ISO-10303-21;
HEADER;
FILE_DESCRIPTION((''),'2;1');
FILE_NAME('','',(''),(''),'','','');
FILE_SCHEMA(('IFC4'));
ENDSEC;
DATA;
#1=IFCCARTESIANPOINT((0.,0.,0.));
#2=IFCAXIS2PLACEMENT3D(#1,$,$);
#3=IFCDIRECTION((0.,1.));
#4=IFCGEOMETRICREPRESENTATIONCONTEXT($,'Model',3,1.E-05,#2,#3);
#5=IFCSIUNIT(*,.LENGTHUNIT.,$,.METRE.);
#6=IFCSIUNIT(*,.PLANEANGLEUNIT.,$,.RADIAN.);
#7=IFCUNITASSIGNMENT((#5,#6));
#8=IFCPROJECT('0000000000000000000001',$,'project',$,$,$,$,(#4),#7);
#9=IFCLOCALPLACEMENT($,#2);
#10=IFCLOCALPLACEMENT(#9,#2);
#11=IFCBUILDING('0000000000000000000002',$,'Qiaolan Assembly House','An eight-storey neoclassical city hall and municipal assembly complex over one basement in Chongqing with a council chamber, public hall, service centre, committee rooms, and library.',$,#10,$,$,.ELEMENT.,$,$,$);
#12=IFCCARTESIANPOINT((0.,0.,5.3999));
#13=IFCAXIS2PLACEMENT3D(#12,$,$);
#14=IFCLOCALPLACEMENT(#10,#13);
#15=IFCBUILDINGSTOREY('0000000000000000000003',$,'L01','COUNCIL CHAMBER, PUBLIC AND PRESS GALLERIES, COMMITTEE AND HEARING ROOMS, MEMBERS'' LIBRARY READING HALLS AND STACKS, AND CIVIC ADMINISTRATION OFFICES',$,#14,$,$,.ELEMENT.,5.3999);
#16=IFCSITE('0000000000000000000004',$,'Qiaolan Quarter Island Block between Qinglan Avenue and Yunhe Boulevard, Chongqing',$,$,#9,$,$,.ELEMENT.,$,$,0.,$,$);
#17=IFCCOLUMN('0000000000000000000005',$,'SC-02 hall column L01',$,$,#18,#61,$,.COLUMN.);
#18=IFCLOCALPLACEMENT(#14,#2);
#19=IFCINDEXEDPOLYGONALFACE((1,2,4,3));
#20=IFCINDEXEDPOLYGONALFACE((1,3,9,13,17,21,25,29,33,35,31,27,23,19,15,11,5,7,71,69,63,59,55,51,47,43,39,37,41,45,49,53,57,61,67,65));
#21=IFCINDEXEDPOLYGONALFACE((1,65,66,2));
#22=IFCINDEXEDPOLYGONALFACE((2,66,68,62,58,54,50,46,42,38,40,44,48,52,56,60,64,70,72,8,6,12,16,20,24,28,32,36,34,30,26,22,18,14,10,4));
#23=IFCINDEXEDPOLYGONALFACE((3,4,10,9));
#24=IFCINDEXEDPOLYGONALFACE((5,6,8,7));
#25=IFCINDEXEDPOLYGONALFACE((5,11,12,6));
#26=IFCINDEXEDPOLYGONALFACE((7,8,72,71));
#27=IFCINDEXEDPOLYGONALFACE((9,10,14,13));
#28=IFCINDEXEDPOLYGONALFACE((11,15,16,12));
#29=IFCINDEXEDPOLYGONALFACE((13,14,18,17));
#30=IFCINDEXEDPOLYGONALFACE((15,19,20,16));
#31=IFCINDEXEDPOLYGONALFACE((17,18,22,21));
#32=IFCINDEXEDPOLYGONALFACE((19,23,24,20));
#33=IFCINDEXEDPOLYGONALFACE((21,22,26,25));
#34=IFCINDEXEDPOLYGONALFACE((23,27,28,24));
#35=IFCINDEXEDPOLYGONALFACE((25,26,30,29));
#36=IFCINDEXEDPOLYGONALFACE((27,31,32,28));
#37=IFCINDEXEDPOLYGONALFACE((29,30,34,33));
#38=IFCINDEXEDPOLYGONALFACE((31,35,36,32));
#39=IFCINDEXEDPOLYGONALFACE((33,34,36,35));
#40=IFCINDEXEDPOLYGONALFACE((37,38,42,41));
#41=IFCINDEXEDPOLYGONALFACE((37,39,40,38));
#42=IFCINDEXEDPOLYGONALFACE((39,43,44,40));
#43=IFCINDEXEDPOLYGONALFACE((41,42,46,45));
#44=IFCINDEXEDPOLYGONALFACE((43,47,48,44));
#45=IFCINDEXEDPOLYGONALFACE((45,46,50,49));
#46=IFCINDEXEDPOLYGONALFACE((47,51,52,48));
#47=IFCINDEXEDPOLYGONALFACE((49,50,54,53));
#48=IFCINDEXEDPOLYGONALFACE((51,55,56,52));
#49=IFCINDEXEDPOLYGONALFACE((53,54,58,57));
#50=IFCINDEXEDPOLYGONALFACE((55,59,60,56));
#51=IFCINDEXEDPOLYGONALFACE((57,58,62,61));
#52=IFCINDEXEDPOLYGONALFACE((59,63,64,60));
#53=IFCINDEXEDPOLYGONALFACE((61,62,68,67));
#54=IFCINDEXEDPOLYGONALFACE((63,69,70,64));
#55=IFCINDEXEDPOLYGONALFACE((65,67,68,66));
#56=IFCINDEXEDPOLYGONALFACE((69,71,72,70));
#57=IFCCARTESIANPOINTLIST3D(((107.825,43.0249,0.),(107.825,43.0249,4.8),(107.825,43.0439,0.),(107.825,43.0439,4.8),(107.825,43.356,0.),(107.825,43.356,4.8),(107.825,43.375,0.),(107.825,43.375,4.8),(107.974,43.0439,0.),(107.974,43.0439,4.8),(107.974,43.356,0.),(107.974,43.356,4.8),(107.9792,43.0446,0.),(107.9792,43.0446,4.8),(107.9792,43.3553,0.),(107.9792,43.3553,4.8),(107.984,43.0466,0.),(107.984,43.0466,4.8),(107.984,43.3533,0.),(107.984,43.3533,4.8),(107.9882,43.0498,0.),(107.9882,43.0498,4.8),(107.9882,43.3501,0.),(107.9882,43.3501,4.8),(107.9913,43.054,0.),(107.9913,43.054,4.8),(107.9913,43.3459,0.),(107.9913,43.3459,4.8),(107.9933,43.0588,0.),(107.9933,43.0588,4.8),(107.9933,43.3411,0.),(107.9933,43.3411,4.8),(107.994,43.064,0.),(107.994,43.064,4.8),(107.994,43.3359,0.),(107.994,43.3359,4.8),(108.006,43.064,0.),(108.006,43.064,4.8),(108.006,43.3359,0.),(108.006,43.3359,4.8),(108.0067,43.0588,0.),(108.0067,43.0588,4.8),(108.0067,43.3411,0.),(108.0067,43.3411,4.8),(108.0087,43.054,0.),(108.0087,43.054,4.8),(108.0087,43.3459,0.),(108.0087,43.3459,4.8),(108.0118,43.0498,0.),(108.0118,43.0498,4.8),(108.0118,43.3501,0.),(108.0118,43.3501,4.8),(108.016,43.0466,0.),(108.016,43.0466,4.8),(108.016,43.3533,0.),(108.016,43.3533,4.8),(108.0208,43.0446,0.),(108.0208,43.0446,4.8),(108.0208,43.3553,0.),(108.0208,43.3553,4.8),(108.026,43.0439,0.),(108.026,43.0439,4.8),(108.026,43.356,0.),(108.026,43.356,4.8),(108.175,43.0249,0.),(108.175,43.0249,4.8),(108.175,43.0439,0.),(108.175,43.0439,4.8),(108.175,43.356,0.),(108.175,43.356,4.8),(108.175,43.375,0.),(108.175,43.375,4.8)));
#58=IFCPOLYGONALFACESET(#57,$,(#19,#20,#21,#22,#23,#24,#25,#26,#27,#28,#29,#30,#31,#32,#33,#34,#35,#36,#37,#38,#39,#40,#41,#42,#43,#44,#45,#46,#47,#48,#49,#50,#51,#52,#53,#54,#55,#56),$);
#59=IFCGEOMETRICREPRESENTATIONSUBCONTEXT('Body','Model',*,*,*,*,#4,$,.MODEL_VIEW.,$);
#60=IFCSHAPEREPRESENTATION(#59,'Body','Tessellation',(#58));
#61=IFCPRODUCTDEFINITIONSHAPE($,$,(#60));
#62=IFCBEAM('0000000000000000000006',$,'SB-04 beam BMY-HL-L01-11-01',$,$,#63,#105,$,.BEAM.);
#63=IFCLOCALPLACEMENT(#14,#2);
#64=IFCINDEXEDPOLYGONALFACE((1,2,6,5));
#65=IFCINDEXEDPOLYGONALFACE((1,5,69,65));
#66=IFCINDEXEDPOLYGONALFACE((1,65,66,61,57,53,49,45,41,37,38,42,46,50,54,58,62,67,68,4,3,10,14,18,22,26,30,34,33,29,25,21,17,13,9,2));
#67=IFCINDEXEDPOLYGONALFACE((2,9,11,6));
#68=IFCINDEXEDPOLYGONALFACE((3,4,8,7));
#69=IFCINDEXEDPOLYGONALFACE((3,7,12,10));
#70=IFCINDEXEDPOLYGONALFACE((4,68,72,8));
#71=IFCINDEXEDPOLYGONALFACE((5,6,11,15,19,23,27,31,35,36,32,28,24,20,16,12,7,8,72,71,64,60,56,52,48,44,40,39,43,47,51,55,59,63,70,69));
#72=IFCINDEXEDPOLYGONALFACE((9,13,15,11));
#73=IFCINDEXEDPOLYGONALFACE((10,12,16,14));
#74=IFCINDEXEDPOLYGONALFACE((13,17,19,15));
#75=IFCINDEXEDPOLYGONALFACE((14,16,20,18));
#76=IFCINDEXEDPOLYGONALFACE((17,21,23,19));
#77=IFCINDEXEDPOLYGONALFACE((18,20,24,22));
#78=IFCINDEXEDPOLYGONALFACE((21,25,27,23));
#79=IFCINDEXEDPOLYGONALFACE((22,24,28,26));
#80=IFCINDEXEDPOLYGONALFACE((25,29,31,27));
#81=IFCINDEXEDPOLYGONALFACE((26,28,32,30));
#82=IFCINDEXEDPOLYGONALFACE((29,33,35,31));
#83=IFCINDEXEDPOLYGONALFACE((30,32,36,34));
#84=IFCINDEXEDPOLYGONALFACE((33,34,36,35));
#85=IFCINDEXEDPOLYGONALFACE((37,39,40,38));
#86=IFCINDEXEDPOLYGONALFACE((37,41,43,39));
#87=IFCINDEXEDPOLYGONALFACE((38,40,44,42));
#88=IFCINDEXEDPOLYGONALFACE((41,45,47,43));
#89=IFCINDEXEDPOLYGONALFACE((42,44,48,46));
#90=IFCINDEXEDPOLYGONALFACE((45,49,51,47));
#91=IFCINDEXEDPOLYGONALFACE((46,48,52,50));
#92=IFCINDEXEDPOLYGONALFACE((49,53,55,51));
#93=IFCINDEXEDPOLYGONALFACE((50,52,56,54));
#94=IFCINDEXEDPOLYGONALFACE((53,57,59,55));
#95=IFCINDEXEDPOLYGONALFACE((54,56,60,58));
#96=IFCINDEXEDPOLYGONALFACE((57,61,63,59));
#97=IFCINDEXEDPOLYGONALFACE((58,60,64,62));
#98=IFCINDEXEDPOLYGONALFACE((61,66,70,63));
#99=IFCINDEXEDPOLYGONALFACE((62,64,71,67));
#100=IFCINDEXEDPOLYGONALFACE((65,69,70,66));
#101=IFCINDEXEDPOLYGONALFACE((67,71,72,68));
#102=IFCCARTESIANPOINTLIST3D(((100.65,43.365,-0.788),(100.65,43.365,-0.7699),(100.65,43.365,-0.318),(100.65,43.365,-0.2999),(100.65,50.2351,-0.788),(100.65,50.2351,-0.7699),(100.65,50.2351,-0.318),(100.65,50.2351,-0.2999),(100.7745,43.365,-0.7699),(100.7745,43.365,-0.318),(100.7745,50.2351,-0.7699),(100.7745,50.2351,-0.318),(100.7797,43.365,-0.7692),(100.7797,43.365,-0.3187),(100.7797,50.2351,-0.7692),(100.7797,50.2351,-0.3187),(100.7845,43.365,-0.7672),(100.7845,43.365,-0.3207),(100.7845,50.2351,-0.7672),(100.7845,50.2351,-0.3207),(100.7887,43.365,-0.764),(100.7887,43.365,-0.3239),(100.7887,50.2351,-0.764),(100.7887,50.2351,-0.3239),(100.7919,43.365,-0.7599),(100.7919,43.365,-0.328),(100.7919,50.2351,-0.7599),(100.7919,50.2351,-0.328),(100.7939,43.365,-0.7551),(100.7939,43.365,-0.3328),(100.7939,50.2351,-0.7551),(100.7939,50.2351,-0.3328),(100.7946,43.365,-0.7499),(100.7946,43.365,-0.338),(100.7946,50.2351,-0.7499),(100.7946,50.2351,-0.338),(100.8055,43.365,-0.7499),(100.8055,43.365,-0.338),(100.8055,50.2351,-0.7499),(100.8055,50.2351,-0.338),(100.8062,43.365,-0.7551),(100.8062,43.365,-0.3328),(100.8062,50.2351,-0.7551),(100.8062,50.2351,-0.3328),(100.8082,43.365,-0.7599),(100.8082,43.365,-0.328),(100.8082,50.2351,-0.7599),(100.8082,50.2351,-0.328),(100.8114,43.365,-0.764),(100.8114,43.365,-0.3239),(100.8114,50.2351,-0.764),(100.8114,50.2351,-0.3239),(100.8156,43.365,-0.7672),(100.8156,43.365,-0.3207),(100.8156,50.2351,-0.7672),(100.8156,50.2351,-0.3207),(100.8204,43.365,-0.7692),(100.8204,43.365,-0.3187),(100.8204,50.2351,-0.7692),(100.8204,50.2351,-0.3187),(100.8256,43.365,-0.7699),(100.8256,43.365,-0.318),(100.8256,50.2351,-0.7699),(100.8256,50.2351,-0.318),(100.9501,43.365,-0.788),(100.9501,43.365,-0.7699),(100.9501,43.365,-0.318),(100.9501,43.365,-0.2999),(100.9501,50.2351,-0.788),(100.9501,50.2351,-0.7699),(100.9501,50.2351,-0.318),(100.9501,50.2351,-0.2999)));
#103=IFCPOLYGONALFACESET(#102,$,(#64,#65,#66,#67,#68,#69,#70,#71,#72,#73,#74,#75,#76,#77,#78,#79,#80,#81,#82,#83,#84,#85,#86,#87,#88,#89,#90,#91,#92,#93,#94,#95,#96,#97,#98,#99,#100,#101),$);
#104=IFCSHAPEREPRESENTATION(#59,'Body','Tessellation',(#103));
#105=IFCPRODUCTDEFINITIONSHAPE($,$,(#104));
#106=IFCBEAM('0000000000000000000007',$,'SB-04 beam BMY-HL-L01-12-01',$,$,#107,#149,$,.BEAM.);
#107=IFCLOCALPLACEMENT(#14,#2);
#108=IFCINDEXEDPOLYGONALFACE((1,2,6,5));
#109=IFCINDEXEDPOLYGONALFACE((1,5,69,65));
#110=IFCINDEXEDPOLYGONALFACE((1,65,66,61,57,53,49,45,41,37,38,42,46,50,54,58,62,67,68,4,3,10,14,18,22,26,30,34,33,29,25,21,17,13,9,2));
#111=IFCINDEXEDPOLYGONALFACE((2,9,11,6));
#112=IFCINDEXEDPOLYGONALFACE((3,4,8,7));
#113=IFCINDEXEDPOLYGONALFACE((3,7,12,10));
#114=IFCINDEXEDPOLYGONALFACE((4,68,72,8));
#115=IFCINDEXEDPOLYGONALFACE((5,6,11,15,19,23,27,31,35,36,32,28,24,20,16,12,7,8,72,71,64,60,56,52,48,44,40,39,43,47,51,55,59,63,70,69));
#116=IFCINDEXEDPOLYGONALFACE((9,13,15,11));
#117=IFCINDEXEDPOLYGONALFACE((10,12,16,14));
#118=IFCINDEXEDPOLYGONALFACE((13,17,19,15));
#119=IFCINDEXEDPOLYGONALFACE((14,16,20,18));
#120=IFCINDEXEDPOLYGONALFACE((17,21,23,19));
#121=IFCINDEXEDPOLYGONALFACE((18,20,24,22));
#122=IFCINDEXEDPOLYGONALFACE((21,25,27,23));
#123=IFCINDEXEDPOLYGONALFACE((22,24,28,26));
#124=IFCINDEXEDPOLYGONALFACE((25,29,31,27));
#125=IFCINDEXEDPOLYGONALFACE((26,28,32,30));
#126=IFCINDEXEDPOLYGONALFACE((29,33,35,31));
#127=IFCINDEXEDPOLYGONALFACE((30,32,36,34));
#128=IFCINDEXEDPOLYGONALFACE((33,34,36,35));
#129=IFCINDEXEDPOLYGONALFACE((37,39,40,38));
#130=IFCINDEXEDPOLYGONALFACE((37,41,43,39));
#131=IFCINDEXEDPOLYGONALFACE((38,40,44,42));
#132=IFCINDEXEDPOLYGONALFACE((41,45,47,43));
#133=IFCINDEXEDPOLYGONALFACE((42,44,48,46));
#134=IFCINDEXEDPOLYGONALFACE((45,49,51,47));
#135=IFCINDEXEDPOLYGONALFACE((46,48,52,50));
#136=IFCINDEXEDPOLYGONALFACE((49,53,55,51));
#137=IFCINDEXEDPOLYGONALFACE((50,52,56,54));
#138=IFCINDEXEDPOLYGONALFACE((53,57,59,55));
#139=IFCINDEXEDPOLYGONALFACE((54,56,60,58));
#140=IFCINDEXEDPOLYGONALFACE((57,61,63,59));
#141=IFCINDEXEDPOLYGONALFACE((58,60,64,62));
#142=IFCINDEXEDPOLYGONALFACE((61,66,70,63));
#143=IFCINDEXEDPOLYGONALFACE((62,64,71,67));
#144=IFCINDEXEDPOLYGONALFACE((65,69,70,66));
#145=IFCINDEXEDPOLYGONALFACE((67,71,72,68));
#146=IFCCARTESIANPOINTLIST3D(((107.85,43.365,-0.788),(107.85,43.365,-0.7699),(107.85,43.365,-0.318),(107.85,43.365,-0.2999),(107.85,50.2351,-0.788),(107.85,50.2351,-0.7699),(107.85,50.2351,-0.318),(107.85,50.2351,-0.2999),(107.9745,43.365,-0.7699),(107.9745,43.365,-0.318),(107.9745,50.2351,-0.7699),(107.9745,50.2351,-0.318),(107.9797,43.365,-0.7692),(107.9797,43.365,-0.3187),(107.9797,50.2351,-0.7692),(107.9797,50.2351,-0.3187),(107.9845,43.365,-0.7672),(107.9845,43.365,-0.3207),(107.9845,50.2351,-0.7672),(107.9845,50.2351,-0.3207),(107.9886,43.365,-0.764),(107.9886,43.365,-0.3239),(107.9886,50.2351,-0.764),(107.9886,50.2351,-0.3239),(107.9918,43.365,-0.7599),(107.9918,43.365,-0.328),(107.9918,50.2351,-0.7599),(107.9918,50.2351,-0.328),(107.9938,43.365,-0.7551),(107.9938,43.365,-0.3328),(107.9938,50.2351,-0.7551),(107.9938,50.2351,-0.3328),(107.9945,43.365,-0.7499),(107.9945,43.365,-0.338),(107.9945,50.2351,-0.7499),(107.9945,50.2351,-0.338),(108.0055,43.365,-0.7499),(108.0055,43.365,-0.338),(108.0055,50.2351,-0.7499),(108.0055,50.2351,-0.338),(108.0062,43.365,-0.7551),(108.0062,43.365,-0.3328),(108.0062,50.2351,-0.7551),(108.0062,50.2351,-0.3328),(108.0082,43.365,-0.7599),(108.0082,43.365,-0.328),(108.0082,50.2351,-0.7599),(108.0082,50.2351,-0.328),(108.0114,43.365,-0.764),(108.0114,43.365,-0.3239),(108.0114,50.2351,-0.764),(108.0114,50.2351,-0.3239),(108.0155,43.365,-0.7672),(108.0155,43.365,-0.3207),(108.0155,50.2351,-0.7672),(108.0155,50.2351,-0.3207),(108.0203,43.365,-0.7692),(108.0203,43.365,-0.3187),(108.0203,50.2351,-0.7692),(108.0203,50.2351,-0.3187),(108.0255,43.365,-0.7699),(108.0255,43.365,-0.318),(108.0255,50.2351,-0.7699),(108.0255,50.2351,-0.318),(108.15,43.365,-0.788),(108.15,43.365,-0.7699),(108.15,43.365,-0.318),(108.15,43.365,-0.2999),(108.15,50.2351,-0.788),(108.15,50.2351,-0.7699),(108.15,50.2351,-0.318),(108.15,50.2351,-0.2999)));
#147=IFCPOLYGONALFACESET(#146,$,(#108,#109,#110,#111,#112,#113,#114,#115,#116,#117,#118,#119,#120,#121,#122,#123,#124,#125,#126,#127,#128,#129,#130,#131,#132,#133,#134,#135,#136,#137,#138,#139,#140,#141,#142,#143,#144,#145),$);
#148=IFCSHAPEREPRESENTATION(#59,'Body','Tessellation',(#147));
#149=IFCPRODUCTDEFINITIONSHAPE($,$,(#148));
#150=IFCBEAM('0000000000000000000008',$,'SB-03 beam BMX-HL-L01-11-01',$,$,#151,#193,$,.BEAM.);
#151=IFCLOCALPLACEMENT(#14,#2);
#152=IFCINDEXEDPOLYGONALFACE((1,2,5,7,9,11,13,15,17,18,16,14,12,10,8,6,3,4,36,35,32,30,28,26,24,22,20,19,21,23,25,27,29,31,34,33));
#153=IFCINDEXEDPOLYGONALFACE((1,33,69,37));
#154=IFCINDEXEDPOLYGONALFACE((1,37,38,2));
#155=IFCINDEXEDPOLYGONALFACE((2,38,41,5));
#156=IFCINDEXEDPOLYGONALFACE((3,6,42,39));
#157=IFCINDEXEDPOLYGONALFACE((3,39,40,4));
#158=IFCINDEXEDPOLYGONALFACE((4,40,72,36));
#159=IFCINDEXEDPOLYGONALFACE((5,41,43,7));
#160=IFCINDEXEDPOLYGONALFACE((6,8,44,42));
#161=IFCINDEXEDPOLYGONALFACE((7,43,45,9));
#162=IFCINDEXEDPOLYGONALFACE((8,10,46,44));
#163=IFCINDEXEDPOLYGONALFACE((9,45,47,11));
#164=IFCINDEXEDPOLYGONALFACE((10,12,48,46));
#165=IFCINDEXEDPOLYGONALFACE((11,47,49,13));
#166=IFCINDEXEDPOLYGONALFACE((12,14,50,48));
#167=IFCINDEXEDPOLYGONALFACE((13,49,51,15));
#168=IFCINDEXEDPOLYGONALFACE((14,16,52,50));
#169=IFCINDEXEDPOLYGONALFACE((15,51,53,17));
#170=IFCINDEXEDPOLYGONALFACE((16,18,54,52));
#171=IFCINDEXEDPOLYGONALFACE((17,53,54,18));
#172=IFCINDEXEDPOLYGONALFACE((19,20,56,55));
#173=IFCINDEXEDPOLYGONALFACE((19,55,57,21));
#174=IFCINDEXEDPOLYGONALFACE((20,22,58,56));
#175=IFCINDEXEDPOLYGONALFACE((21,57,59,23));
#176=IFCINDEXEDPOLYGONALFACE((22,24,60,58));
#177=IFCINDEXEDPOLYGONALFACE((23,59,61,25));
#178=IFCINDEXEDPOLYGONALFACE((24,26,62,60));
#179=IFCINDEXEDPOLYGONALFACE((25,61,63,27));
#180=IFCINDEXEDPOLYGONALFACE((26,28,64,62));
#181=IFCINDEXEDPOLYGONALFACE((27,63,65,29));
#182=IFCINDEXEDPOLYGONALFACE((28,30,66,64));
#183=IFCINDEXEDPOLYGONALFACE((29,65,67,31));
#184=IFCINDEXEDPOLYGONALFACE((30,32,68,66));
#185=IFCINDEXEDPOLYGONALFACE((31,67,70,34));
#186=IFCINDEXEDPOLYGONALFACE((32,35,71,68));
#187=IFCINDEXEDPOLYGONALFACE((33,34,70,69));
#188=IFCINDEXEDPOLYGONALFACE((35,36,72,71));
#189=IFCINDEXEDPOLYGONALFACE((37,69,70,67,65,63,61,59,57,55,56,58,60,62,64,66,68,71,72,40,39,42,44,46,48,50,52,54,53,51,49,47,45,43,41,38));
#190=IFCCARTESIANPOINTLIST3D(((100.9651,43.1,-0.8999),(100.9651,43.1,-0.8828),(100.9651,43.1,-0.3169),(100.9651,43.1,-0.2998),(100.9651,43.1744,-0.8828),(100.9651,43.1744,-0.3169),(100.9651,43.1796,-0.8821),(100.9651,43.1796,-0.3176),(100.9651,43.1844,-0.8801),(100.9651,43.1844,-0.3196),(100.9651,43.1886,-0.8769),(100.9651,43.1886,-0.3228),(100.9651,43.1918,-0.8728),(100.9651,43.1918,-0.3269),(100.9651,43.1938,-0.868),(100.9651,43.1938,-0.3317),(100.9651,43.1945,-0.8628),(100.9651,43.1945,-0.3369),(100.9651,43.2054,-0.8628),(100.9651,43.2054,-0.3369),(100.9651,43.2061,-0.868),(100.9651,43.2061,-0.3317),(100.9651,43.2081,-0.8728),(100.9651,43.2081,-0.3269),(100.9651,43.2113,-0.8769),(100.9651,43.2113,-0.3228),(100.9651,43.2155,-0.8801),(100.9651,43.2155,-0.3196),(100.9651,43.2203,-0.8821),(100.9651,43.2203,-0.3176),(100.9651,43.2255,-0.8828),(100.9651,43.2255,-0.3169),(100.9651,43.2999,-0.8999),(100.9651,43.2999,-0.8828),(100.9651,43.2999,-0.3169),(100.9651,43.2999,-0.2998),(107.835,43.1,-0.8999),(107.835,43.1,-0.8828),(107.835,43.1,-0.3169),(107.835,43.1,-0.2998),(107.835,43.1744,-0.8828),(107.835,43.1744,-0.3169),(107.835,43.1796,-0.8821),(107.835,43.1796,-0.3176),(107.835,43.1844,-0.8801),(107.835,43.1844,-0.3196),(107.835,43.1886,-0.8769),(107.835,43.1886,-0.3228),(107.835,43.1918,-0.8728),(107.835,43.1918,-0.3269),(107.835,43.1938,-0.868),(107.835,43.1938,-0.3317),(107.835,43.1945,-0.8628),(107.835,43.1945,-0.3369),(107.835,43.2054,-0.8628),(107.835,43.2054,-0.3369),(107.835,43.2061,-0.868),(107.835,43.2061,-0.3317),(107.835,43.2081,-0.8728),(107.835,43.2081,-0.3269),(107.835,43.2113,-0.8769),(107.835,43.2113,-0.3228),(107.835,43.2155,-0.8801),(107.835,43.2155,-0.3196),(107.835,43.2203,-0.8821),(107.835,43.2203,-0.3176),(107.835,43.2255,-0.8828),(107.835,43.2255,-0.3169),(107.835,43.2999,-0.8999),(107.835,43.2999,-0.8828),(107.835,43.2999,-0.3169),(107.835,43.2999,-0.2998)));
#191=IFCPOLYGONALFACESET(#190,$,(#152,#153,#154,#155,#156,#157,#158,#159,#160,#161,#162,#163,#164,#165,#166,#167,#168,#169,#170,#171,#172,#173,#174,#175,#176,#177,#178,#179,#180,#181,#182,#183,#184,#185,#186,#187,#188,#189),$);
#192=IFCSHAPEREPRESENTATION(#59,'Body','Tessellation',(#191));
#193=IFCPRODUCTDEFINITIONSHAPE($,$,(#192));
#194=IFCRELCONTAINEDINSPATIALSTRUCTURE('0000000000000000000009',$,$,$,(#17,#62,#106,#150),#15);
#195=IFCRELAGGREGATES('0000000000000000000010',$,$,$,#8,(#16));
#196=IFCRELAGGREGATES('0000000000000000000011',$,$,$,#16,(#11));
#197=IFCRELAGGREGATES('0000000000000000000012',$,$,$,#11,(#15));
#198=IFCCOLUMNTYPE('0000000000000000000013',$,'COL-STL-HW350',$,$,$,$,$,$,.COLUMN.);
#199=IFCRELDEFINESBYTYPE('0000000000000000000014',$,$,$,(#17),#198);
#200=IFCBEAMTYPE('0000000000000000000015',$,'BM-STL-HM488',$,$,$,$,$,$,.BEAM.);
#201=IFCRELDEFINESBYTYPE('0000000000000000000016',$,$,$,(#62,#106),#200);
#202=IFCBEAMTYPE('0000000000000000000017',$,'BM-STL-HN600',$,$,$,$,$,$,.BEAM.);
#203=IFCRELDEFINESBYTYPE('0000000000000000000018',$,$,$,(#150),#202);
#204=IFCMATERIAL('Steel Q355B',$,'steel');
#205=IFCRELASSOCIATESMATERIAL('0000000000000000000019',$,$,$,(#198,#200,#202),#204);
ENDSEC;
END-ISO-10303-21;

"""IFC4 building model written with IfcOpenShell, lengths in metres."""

from ifc_helpers import new_model, si_unit, direction, frame, origin, origin_2d, place, context, subcontext, project, spatial, i_section, extrude, material, material_profile, profile_set, type_object, element, save


model = new_model("IFC4")

# Units and contexts
model_context = context("Model", 3, precision=1e-05, world=origin(), true_north=direction((0.0, 1.0)))
body_context = subcontext(model_context, "Body", "Model", "MODEL_VIEW")
ifc_project = project(units=[si_unit("LENGTHUNIT", "METRE"), si_unit("PLANEANGLEUNIT", "RADIAN")], contexts=[model_context])

# Site, building, storey
site_placement = place(None, origin())
site = spatial("IfcSite", under=ifc_project, at=site_placement, Name="Qiaolan Quarter Island Block between Qinglan Avenue and Yunhe Boulevard, Chongqing", CompositionType="ELEMENT", RefElevation=0.0)
building_placement = place(site_placement, origin())
building = spatial("IfcBuilding", under=site, at=building_placement, Name="Qiaolan Assembly House", Description="An eight-storey neoclassical city hall and municipal assembly complex over one basement in Chongqing with a council chamber, public hall, service centre, committee rooms, and library.", CompositionType="ELEMENT")
storey_placement = place(building_placement, frame((0.0, 0.0, 5.3999)))
storey = spatial("IfcBuildingStorey", under=building, at=storey_placement, Name="L01", Description="COUNCIL CHAMBER, PUBLIC AND PRESS GALLERIES, COMMITTEE AND HEARING ROOMS, MEMBERS' LIBRARY READING HALLS AND STACKS, AND CIVIC ADMINISTRATION OFFICES", CompositionType="ELEMENT", Elevation=5.3999)

# Column
ifc_material_1 = material(Name="Steel Q355B", Category="steel")
ifc_material_profile_1 = material_profile(ifc_material_1, i_section(OverallWidth=0.3501, OverallDepth=0.3501, WebThickness=0.012, FlangeThickness=0.019, FilletRadius=0.02, at=origin_2d()), Name="HW 350x350x12x19")
ifc_profile_set_1 = profile_set([ifc_material_profile_1], Name="Steel Q355B")
column_type = type_object("IfcColumnType", Name="COL-STL-HW350", PredefinedType="COLUMN", material=ifc_profile_set_1)
column_placement = place(storey_placement, frame((108.0, 43.2, 0.0), z_axis=(0.0, 0.0, 1.0), x_axis=(1.0, 0.0, 0.0)))
element("IfcColumn", 1, at=column_placement, inside=storey, type_object=column_type, Name="SC-02 hall column L01", PredefinedType="COLUMN", context=body_context, shape_type="SweptSolid", body=[
    extrude(i_section(OverallWidth=0.3501, OverallDepth=0.3501, WebThickness=0.012, FlangeThickness=0.019, FilletRadius=0.02, at=origin_2d()), origin(), (0.0, 0.0, 1.0), 4.8),
])

# Beams
ifc_material_profile_2 = material_profile(ifc_material_1, i_section(OverallWidth=0.3, OverallDepth=0.488, WebThickness=0.011, FlangeThickness=0.0181, FilletRadius=0.02, at=origin_2d()), Name="HM 488x300x11x18")
ifc_profile_set_2 = profile_set([ifc_material_profile_2], Name="Steel Q355B")
beam_type_1 = type_object("IfcBeamType", Name="BM-STL-HM488", PredefinedType="BEAM", material=ifc_profile_set_2)
for number, where, z_axis, x_axis, name in (
    (2, (100.8, 43.365, -0.5439), (0.0, 1.0, 0.0), (-1.0, 0.0, 0.0), "SB-04 beam BMY-HL-L01-11-01"),
    (3, (108.0, 43.365, -0.5439), (0.0, 1.0, 0.0), (-1.0, 0.0, 0.0), "SB-04 beam BMY-HL-L01-12-01"),
):
    element("IfcBeam", number, at=place(storey_placement, frame(where, z_axis=z_axis, x_axis=x_axis)), inside=storey, type_object=beam_type_1, Name=name, PredefinedType="BEAM", context=body_context, shape_type="SweptSolid", body=[
        extrude(i_section(OverallWidth=0.3, OverallDepth=0.488, WebThickness=0.011, FlangeThickness=0.0181, FilletRadius=0.02, at=origin_2d()), origin(), (0.0, 0.0, 1.0), 6.8701),
    ])
ifc_material_profile_3 = material_profile(ifc_material_1, i_section(OverallWidth=0.2, OverallDepth=0.6001, WebThickness=0.011, FlangeThickness=0.0171, FilletRadius=0.02, at=origin_2d()), Name="HN 600x200x11x17")
ifc_profile_set_3 = profile_set([ifc_material_profile_3], Name="Steel Q355B")
beam_type_2 = type_object("IfcBeamType", Name="BM-STL-HN600", PredefinedType="BEAM", material=ifc_profile_set_3)
beam_placement = place(storey_placement, frame((100.9651, 43.2, -0.5999), z_axis=(1.0, 0.0, 0.0), x_axis=(0.0, 1.0, 0.0)))
element("IfcBeam", 4, at=beam_placement, inside=storey, type_object=beam_type_2, Name="SB-03 beam BMX-HL-L01-11-01", PredefinedType="BEAM", context=body_context, shape_type="SweptSolid", body=[
    extrude(i_section(OverallWidth=0.2, OverallDepth=0.6001, WebThickness=0.011, FlangeThickness=0.0171, FilletRadius=0.02, at=origin_2d()), origin(), (0.0, 0.0, 1.0), 6.8699),
])

save(model, "model.ifc")
